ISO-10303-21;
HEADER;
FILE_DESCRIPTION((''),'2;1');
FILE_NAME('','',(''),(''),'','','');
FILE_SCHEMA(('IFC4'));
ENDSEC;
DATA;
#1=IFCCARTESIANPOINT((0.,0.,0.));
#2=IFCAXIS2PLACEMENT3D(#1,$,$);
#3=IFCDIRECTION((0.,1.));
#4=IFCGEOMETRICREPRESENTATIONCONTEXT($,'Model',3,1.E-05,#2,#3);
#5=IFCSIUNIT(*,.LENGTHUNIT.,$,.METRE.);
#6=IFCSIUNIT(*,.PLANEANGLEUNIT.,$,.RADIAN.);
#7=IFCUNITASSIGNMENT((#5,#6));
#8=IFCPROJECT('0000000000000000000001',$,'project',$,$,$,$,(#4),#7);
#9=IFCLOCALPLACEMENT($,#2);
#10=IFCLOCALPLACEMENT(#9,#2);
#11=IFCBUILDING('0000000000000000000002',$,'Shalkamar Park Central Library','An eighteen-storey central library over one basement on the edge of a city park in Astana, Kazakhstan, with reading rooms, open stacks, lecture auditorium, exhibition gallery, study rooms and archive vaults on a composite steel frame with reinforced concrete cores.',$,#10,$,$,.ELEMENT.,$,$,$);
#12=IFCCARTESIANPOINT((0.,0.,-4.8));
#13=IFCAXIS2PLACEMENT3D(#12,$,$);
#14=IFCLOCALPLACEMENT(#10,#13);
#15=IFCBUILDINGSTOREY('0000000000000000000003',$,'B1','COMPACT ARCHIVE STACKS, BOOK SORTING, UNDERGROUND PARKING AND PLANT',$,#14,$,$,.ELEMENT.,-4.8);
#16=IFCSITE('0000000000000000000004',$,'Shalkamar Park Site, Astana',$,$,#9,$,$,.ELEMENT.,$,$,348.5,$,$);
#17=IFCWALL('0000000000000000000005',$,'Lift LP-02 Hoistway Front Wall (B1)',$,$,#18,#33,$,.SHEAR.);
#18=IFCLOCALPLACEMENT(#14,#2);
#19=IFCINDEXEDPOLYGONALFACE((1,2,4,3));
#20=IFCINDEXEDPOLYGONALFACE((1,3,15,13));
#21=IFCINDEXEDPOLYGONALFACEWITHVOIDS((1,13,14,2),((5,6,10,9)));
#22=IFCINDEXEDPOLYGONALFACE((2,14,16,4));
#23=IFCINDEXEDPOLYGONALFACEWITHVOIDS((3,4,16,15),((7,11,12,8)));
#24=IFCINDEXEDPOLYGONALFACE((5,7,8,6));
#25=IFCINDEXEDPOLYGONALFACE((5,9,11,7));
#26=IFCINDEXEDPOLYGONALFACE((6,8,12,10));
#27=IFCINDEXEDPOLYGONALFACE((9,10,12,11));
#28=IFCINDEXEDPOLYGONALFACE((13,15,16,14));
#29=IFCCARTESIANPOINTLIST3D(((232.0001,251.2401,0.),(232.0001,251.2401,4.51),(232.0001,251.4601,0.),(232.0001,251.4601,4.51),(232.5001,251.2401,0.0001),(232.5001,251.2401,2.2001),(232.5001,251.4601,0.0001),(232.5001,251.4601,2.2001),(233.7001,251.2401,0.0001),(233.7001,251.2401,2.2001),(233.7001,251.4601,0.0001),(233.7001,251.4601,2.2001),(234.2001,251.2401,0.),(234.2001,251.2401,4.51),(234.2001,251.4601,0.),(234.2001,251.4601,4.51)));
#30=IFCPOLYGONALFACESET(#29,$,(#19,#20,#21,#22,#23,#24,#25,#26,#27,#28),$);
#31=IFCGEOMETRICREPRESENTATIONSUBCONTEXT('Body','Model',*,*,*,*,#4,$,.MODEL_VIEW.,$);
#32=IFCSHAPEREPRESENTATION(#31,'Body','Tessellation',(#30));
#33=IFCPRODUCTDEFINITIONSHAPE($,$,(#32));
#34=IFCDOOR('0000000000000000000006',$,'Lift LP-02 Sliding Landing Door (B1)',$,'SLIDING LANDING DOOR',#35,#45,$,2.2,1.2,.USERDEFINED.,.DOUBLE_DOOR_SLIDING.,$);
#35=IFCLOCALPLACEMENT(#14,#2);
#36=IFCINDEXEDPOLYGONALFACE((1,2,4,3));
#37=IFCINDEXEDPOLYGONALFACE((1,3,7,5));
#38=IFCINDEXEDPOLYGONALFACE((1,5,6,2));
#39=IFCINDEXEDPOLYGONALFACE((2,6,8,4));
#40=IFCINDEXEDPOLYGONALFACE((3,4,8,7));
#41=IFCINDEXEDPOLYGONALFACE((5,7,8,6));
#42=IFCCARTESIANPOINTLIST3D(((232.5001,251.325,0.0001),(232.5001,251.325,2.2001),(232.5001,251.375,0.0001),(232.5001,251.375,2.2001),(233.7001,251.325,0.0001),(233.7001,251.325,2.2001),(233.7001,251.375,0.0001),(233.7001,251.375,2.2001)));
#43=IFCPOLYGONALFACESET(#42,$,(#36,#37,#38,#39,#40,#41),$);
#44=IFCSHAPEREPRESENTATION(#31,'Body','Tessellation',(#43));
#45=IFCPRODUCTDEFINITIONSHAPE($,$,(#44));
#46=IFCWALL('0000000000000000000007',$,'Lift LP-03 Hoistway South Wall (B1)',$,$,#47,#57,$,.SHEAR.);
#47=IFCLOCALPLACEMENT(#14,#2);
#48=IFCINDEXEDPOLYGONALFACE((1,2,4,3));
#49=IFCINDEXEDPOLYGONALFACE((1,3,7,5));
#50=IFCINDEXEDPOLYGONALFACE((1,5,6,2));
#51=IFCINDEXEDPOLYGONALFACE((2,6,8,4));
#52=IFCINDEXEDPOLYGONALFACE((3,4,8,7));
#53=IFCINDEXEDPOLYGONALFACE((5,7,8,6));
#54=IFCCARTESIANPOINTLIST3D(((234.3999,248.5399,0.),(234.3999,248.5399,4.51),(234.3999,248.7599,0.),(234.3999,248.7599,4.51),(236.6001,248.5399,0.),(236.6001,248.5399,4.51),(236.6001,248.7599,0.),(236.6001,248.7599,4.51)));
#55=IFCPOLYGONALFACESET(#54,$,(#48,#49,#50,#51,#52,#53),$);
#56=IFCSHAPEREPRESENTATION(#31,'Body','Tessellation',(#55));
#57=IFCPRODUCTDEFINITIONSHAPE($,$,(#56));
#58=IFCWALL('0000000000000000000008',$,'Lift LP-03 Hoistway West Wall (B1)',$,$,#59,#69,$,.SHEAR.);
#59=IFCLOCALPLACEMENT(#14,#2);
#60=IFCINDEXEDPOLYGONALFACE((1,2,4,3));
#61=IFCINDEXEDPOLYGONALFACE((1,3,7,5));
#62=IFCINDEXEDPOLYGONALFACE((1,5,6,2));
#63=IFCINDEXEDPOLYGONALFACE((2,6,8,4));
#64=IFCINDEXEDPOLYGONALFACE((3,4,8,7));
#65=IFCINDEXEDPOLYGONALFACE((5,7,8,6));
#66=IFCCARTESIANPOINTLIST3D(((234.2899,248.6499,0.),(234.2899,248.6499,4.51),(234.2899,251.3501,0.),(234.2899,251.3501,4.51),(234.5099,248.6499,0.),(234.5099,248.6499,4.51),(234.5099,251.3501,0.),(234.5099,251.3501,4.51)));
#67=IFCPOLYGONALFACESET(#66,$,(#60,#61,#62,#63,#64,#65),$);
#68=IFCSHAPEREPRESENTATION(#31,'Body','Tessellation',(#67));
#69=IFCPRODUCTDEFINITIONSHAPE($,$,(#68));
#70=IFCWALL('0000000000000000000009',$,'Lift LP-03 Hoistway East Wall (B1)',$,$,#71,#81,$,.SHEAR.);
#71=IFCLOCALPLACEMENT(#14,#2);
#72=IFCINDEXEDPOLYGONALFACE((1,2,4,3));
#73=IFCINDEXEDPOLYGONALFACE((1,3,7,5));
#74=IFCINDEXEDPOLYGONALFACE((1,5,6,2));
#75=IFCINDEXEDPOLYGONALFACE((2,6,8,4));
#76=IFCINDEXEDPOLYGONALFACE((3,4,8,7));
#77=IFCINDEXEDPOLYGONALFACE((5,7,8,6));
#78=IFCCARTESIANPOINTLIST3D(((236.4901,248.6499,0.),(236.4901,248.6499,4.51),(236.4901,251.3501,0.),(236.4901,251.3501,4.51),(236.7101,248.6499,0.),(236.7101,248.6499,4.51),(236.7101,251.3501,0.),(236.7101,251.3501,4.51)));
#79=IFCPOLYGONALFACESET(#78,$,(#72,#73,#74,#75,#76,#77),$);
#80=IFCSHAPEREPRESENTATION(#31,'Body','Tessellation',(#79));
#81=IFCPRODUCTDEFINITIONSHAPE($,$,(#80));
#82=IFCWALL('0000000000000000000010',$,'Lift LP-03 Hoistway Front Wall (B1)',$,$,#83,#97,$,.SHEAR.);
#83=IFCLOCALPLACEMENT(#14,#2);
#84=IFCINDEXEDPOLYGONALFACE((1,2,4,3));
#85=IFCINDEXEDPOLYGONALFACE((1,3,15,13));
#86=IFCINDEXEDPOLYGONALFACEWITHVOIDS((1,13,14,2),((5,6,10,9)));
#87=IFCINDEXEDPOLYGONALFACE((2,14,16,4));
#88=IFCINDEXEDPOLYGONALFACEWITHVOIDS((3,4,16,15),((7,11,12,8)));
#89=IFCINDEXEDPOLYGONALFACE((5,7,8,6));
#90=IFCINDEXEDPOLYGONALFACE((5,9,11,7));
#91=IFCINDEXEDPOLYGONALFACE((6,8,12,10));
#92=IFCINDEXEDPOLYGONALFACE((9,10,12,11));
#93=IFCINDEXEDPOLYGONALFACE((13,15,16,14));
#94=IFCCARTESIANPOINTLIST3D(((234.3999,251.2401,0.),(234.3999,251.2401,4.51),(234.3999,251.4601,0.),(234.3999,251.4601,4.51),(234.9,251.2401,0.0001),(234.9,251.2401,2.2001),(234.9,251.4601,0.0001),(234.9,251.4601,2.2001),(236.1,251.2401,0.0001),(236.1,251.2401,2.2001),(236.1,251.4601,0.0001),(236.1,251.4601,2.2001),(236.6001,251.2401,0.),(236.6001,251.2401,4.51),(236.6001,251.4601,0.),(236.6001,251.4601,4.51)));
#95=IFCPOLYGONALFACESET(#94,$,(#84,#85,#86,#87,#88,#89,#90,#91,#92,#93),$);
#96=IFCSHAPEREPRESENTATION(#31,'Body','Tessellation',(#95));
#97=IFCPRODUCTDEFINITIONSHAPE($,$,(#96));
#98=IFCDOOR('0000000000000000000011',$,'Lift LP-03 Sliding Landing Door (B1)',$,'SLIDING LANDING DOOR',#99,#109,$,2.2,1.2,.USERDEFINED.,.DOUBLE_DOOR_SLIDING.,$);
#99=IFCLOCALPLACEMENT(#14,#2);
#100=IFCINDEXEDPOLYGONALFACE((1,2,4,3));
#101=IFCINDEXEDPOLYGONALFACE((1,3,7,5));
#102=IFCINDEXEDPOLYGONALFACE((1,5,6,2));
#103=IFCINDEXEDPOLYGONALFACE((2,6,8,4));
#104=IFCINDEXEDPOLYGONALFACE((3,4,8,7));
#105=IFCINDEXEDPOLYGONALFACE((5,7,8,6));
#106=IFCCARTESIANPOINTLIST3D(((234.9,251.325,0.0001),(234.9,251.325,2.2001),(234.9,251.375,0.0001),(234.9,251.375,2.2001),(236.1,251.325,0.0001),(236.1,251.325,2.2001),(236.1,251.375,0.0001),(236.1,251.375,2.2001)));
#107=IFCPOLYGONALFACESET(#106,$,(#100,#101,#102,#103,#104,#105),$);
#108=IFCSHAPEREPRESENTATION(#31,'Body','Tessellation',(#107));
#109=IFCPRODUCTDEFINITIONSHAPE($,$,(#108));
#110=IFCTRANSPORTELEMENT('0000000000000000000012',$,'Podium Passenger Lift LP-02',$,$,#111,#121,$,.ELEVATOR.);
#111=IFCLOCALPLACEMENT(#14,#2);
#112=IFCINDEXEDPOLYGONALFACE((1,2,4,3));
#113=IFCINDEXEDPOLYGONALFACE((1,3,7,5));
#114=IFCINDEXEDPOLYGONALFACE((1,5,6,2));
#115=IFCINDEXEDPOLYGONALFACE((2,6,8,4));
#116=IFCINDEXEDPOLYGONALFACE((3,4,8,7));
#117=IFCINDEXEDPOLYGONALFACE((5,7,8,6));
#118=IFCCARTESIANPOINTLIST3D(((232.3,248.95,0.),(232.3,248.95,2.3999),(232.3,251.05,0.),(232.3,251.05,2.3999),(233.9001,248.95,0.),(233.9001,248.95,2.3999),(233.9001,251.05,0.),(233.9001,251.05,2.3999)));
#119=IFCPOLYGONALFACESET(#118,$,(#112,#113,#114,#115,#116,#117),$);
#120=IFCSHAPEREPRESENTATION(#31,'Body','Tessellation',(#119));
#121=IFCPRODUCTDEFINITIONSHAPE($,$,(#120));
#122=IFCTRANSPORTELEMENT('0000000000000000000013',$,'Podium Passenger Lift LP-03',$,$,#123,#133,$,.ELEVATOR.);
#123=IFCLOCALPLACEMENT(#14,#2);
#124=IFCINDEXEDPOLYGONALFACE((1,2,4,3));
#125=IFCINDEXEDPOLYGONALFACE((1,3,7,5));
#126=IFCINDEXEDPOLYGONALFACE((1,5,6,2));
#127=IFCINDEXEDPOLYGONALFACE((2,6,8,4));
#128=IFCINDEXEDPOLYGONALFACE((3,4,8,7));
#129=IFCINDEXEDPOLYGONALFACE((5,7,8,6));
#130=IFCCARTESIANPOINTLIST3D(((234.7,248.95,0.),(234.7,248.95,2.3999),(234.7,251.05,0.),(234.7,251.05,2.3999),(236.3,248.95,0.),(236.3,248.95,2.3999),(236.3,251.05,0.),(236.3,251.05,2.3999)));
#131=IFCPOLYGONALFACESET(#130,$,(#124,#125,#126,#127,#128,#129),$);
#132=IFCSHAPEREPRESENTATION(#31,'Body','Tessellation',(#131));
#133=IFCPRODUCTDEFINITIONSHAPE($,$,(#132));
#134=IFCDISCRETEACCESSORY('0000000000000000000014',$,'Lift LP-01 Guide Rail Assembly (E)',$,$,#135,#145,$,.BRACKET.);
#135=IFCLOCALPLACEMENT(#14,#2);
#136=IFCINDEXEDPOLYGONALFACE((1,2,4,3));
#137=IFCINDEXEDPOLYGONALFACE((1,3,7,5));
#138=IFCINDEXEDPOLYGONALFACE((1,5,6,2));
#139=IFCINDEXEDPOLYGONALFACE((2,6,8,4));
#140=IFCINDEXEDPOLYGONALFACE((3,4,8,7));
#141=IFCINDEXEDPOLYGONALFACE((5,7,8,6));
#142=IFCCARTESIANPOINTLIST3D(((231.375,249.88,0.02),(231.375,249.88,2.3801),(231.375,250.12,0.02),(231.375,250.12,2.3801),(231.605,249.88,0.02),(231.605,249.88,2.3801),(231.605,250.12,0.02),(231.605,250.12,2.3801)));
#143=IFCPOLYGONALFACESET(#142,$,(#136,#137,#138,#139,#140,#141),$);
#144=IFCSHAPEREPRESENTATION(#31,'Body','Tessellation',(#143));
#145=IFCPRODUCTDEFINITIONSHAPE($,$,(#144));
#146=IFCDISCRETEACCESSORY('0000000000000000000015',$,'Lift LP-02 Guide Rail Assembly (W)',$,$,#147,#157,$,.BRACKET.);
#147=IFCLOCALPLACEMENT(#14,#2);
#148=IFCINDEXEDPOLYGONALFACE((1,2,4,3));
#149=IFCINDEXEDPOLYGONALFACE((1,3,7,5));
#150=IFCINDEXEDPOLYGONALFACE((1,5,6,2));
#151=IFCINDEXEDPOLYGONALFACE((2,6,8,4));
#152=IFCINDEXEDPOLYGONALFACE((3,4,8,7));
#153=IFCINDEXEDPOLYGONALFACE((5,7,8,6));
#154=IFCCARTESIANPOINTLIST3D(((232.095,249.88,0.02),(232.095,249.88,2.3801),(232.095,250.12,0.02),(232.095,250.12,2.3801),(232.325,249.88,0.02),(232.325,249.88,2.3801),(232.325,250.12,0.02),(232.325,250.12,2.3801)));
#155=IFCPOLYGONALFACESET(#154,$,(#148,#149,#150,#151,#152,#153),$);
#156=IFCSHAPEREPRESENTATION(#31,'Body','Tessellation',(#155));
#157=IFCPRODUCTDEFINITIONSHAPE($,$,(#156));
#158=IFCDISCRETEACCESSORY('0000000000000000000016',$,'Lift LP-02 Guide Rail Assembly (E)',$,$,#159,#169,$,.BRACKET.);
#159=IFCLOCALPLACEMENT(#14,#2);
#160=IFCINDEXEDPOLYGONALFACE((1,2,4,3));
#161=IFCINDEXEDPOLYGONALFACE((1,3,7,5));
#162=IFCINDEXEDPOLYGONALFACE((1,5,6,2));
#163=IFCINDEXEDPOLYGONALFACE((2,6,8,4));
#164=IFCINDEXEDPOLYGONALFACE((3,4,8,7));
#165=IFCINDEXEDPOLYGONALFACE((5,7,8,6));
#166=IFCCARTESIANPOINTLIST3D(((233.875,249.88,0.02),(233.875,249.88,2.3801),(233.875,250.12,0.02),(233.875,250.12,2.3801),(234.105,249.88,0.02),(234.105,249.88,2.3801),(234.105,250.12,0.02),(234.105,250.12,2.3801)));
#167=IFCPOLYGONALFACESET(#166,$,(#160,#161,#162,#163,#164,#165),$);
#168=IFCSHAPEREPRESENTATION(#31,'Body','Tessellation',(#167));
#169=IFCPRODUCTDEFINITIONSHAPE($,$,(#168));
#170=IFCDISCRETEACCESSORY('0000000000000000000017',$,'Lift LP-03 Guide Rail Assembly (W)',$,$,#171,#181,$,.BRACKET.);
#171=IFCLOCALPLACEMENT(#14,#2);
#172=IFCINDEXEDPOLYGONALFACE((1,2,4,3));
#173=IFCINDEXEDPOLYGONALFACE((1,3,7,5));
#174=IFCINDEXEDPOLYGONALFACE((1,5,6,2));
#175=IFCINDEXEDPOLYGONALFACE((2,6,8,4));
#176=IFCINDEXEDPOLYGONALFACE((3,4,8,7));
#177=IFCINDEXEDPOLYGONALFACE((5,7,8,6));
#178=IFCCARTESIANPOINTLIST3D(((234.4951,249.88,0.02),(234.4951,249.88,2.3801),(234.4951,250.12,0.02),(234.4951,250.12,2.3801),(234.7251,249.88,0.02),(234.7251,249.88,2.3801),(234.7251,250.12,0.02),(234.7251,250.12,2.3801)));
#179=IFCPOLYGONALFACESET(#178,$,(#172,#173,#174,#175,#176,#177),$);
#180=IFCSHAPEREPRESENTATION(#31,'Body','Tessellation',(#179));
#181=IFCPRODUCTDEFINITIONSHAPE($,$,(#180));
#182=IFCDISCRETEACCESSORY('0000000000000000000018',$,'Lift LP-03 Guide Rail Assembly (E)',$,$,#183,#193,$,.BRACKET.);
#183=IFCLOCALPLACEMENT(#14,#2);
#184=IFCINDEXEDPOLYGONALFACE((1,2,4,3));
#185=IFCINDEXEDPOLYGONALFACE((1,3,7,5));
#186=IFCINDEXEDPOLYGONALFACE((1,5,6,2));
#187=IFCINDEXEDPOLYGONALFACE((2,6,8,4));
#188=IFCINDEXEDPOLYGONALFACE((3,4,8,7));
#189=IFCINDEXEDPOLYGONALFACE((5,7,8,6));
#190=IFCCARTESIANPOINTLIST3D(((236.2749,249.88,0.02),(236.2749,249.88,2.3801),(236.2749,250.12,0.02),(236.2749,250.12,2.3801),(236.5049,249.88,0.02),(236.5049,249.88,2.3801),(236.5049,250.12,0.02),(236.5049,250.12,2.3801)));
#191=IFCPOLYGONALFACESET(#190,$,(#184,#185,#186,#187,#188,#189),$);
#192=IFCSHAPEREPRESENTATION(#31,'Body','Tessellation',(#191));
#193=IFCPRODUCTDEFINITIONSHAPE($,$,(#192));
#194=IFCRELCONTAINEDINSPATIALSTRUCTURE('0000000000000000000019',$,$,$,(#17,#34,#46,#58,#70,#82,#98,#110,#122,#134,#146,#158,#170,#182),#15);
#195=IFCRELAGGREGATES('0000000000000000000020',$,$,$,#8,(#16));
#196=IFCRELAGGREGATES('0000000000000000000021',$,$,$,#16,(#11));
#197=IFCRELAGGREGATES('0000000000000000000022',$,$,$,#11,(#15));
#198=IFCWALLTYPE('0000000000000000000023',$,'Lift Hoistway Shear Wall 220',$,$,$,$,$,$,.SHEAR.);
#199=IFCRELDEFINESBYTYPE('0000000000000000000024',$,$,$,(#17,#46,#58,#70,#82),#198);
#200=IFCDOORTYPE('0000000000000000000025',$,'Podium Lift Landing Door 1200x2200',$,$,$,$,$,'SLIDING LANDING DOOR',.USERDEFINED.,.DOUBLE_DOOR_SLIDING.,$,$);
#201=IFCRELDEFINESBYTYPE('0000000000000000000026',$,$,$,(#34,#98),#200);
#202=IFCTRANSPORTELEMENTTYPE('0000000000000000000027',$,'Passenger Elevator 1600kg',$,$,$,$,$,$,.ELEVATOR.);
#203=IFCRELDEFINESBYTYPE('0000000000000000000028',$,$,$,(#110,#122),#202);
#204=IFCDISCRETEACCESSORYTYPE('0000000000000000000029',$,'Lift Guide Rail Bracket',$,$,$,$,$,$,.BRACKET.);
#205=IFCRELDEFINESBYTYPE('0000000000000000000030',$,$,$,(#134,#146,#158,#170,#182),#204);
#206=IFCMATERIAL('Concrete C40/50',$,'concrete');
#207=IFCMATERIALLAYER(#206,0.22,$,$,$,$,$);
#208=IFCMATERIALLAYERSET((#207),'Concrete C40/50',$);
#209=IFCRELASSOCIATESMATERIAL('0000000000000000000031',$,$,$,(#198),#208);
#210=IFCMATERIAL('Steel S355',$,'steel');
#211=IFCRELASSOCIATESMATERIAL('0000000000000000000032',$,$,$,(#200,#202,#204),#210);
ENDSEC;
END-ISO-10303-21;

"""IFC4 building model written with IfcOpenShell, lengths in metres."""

from ifc_helpers import new_model, si_unit, direction, frame, frame_2d, origin, origin_2d, place, context, subcontext, project, spatial, rectangle, extrude, material, layer, layer_set, type_object, element, fill, save


model = new_model("IFC4")

# Units and contexts
model_context = context("Model", 3, precision=1e-05, world=origin(), true_north=direction((0.0, 1.0)))
body_context = subcontext(model_context, "Body", "Model", "MODEL_VIEW")
ifc_project = project(units=[si_unit("LENGTHUNIT", "METRE"), si_unit("PLANEANGLEUNIT", "RADIAN")], contexts=[model_context])

# Site, building, storey
site_placement = place(None, origin())
site = spatial("IfcSite", under=ifc_project, at=site_placement, Name="Shalkamar Park Site, Astana", CompositionType="ELEMENT", RefElevation=348.5)
building_placement = place(site_placement, origin())
building = spatial("IfcBuilding", under=site, at=building_placement, Name="Shalkamar Park Central Library", Description="An eighteen-storey central library over one basement on the edge of a city park in Astana, Kazakhstan, with reading rooms, open stacks, lecture auditorium, exhibition gallery, study rooms and archive vaults on a composite steel frame with reinforced concrete cores.", CompositionType="ELEMENT")
storey_placement = place(building_placement, frame((0.0, 0.0, -4.8)))
storey = spatial("IfcBuildingStorey", under=building, at=storey_placement, Name="B1", Description="COMPACT ARCHIVE STACKS, BOOK SORTING, UNDERGROUND PARKING AND PLANT", CompositionType="ELEMENT", Elevation=-4.8)

# Shared definitions
ifc_material_1 = material(Name="Steel S355", Category="steel")

# Shared definitions
ifc_material_2 = material(Name="Concrete C40/50", Category="concrete")
ifc_layer_1 = layer(ifc_material_2, 0.22)
ifc_layer_set_1 = layer_set([ifc_layer_1], Name="Concrete C40/50")
wall_type_1 = type_object("IfcWallType", Name="Lift Hoistway Shear Wall 220", PredefinedType="SHEAR", material=ifc_layer_set_1)

# Wall, opening, door
wall_1_placement = place(storey_placement, frame((232.0, 251.3501, 0.0), z_axis=(0.0, 0.0, 1.0), x_axis=(1.0, 0.0, 0.0)))
wall_1 = element("IfcWall", 1, at=wall_1_placement, inside=storey, type_object=wall_type_1, Name="Lift LP-02 Hoistway Front Wall (B1)", PredefinedType="SHEAR", context=body_context, shape_type="SweptSolid", body=[
    extrude(rectangle(XDim=2.2, YDim=0.22, at=frame_2d((1.1001, 0.0))), origin(), (0.0, 0.0, 1.0), 4.51),
])
opening_1_placement = place(wall_1_placement, frame((0.5, 0.0, 0.0)))
opening_1 = element("IfcOpeningElement", 2, at=opening_1_placement, cuts=wall_1, PredefinedType="OPENING", context=body_context, shape_type="SweptSolid", body=[
    extrude(rectangle(XDim=1.2, YDim=2.2, at=frame_2d((0.6001, 1.1001))), frame((0.0, 0.125, 0.0), z_axis=(0.0, -1.0, 0.0), x_axis=(1.0, 0.0, 0.0)), (0.0, 0.0, 1.0), 0.2498),
])
door_type_1 = type_object("IfcDoorType", Name="Podium Lift Landing Door 1200x2200", ElementType="SLIDING LANDING DOOR", OperationType="DOUBLE_DOOR_SLIDING", PredefinedType="USERDEFINED", material=ifc_material_1)
door_1_placement = place(opening_1_placement, origin())
door_1 = element("IfcDoor", 3, at=door_1_placement, inside=storey, type_object=door_type_1, Name="Lift LP-02 Sliding Landing Door (B1)", ObjectType="SLIDING LANDING DOOR", OperationType="DOUBLE_DOOR_SLIDING", OverallHeight=2.2, OverallWidth=1.2, PredefinedType="USERDEFINED", context=body_context, shape_type="SweptSolid", body=[
    extrude(rectangle(XDim=1.2, YDim=2.2, at=frame_2d((0.6001, 1.1001))), frame((0.0, 0.0249, 0.0), z_axis=(0.0, -1.0, 0.0), x_axis=(1.0, 0.0, 0.0)), (0.0, 0.0, 1.0), 0.05),
])
fill(opening_1, door_1)

# Walls
wall_2_placement = place(storey_placement, frame((234.3999, 248.6499, 0.0), z_axis=(0.0, 0.0, 1.0), x_axis=(1.0, 0.0, 0.0)))
element("IfcWall", 4, at=wall_2_placement, inside=storey, type_object=wall_type_1, Name="Lift LP-03 Hoistway South Wall (B1)", PredefinedType="SHEAR", context=body_context, shape_type="SweptSolid", body=[
    extrude(rectangle(XDim=2.2002, YDim=0.22, at=frame_2d((1.1001, 0.0))), origin(), (0.0, 0.0, 1.0), 4.51),
])
for number, where, z_axis, x_axis, name in (
    (5, (234.3999, 248.6499, 0.0), (0.0, 0.0, 1.0), (0.0, 1.0, 0.0), "Lift LP-03 Hoistway West Wall (B1)"),
    (6, (236.6001, 248.6499, 0.0), (0.0, 0.0, 1.0), (0.0, 1.0, 0.0), "Lift LP-03 Hoistway East Wall (B1)"),
):
    element("IfcWall", number, at=place(storey_placement, frame(where, z_axis=z_axis, x_axis=x_axis)), inside=storey, type_object=wall_type_1, Name=name, PredefinedType="SHEAR", context=body_context, shape_type="SweptSolid", body=[
        extrude(rectangle(XDim=2.7002, YDim=0.22, at=frame_2d((1.3501, 0.0))), origin(), (0.0, 0.0, 1.0), 4.51),
    ])

# Wall, opening, door
wall_3_placement = place(storey_placement, frame((234.3999, 251.3501, 0.0), z_axis=(0.0, 0.0, 1.0), x_axis=(1.0, 0.0, 0.0)))
wall_3 = element("IfcWall", 7, at=wall_3_placement, inside=storey, type_object=wall_type_1, Name="Lift LP-03 Hoistway Front Wall (B1)", PredefinedType="SHEAR", context=body_context, shape_type="SweptSolid", body=[
    extrude(rectangle(XDim=2.2002, YDim=0.22, at=frame_2d((1.1001, 0.0))), origin(), (0.0, 0.0, 1.0), 4.51),
])
opening_2_placement = place(wall_3_placement, frame((0.5, 0.0, 0.0)))
opening_2 = element("IfcOpeningElement", 8, at=opening_2_placement, cuts=wall_3, PredefinedType="OPENING", context=body_context, shape_type="SweptSolid", body=[
    extrude(rectangle(XDim=1.2, YDim=2.2, at=frame_2d((0.6001, 1.1001))), frame((0.0, 0.125, 0.0), z_axis=(0.0, -1.0, 0.0), x_axis=(1.0, 0.0, 0.0)), (0.0, 0.0, 1.0), 0.2498),
])
door_2_placement = place(opening_2_placement, origin())
door_2 = element("IfcDoor", 9, at=door_2_placement, inside=storey, type_object=door_type_1, Name="Lift LP-03 Sliding Landing Door (B1)", ObjectType="SLIDING LANDING DOOR", OperationType="DOUBLE_DOOR_SLIDING", OverallHeight=2.2, OverallWidth=1.2, PredefinedType="USERDEFINED", context=body_context, shape_type="SweptSolid", body=[
    extrude(rectangle(XDim=1.2, YDim=2.2, at=frame_2d((0.6001, 1.1001))), frame((0.0, 0.0249, 0.0), z_axis=(0.0, -1.0, 0.0), x_axis=(1.0, 0.0, 0.0)), (0.0, 0.0, 1.0), 0.05),
])
fill(opening_2, door_2)

# Transport elements
transport_element_type = type_object("IfcTransportElementType", Name="Passenger Elevator 1600kg", PredefinedType="ELEVATOR", material=ifc_material_1)
for number, where, z_axis, x_axis, name in (
    (10, (233.1001, 250.0, 0.0), (0.0, 0.0, 1.0), (1.0, 0.0, 0.0), "Podium Passenger Lift LP-02"),
    (11, (235.5, 250.0, 0.0), (0.0, 0.0, 1.0), (1.0, 0.0, 0.0), "Podium Passenger Lift LP-03"),
):
    element("IfcTransportElement", number, at=place(storey_placement, frame(where, z_axis=z_axis, x_axis=x_axis)), inside=storey, type_object=transport_element_type, Name=name, PredefinedType="ELEVATOR", context=body_context, shape_type="SweptSolid", body=[
        extrude(rectangle(XDim=1.6001, YDim=2.1001, at=origin_2d()), origin(), (0.0, 0.0, 1.0), 2.3999),
    ])

# Discrete accessories
discrete_accessory_type = type_object("IfcDiscreteAccessoryType", Name="Lift Guide Rail Bracket", PredefinedType="BRACKET", material=ifc_material_1)
for number, where, z_axis, x_axis, name in (
    (12, (231.49, 250.0, 0.02), (0.0, 0.0, 1.0), (1.0, 0.0, 0.0), "Lift LP-01 Guide Rail Assembly (E)"),
    (13, (232.21, 250.0, 0.02), (0.0, 0.0, 1.0), (1.0, 0.0, 0.0), "Lift LP-02 Guide Rail Assembly (W)"),
    (14, (233.99, 250.0, 0.02), (0.0, 0.0, 1.0), (1.0, 0.0, 0.0), "Lift LP-02 Guide Rail Assembly (E)"),
    (15, (234.6101, 250.0, 0.02), (0.0, 0.0, 1.0), (1.0, 0.0, 0.0), "Lift LP-03 Guide Rail Assembly (W)"),
    (16, (236.3899, 250.0, 0.02), (0.0, 0.0, 1.0), (1.0, 0.0, 0.0), "Lift LP-03 Guide Rail Assembly (E)"),
):
    element("IfcDiscreteAccessory", number, at=place(storey_placement, frame(where, z_axis=z_axis, x_axis=x_axis)), inside=storey, type_object=discrete_accessory_type, Name=name, PredefinedType="BRACKET", context=body_context, shape_type="SweptSolid", body=[
        extrude(rectangle(XDim=0.23, YDim=0.24, at=origin_2d()), origin(), (0.0, 0.0, 1.0), 2.3601),
    ])

save(model, "model.ifc")
